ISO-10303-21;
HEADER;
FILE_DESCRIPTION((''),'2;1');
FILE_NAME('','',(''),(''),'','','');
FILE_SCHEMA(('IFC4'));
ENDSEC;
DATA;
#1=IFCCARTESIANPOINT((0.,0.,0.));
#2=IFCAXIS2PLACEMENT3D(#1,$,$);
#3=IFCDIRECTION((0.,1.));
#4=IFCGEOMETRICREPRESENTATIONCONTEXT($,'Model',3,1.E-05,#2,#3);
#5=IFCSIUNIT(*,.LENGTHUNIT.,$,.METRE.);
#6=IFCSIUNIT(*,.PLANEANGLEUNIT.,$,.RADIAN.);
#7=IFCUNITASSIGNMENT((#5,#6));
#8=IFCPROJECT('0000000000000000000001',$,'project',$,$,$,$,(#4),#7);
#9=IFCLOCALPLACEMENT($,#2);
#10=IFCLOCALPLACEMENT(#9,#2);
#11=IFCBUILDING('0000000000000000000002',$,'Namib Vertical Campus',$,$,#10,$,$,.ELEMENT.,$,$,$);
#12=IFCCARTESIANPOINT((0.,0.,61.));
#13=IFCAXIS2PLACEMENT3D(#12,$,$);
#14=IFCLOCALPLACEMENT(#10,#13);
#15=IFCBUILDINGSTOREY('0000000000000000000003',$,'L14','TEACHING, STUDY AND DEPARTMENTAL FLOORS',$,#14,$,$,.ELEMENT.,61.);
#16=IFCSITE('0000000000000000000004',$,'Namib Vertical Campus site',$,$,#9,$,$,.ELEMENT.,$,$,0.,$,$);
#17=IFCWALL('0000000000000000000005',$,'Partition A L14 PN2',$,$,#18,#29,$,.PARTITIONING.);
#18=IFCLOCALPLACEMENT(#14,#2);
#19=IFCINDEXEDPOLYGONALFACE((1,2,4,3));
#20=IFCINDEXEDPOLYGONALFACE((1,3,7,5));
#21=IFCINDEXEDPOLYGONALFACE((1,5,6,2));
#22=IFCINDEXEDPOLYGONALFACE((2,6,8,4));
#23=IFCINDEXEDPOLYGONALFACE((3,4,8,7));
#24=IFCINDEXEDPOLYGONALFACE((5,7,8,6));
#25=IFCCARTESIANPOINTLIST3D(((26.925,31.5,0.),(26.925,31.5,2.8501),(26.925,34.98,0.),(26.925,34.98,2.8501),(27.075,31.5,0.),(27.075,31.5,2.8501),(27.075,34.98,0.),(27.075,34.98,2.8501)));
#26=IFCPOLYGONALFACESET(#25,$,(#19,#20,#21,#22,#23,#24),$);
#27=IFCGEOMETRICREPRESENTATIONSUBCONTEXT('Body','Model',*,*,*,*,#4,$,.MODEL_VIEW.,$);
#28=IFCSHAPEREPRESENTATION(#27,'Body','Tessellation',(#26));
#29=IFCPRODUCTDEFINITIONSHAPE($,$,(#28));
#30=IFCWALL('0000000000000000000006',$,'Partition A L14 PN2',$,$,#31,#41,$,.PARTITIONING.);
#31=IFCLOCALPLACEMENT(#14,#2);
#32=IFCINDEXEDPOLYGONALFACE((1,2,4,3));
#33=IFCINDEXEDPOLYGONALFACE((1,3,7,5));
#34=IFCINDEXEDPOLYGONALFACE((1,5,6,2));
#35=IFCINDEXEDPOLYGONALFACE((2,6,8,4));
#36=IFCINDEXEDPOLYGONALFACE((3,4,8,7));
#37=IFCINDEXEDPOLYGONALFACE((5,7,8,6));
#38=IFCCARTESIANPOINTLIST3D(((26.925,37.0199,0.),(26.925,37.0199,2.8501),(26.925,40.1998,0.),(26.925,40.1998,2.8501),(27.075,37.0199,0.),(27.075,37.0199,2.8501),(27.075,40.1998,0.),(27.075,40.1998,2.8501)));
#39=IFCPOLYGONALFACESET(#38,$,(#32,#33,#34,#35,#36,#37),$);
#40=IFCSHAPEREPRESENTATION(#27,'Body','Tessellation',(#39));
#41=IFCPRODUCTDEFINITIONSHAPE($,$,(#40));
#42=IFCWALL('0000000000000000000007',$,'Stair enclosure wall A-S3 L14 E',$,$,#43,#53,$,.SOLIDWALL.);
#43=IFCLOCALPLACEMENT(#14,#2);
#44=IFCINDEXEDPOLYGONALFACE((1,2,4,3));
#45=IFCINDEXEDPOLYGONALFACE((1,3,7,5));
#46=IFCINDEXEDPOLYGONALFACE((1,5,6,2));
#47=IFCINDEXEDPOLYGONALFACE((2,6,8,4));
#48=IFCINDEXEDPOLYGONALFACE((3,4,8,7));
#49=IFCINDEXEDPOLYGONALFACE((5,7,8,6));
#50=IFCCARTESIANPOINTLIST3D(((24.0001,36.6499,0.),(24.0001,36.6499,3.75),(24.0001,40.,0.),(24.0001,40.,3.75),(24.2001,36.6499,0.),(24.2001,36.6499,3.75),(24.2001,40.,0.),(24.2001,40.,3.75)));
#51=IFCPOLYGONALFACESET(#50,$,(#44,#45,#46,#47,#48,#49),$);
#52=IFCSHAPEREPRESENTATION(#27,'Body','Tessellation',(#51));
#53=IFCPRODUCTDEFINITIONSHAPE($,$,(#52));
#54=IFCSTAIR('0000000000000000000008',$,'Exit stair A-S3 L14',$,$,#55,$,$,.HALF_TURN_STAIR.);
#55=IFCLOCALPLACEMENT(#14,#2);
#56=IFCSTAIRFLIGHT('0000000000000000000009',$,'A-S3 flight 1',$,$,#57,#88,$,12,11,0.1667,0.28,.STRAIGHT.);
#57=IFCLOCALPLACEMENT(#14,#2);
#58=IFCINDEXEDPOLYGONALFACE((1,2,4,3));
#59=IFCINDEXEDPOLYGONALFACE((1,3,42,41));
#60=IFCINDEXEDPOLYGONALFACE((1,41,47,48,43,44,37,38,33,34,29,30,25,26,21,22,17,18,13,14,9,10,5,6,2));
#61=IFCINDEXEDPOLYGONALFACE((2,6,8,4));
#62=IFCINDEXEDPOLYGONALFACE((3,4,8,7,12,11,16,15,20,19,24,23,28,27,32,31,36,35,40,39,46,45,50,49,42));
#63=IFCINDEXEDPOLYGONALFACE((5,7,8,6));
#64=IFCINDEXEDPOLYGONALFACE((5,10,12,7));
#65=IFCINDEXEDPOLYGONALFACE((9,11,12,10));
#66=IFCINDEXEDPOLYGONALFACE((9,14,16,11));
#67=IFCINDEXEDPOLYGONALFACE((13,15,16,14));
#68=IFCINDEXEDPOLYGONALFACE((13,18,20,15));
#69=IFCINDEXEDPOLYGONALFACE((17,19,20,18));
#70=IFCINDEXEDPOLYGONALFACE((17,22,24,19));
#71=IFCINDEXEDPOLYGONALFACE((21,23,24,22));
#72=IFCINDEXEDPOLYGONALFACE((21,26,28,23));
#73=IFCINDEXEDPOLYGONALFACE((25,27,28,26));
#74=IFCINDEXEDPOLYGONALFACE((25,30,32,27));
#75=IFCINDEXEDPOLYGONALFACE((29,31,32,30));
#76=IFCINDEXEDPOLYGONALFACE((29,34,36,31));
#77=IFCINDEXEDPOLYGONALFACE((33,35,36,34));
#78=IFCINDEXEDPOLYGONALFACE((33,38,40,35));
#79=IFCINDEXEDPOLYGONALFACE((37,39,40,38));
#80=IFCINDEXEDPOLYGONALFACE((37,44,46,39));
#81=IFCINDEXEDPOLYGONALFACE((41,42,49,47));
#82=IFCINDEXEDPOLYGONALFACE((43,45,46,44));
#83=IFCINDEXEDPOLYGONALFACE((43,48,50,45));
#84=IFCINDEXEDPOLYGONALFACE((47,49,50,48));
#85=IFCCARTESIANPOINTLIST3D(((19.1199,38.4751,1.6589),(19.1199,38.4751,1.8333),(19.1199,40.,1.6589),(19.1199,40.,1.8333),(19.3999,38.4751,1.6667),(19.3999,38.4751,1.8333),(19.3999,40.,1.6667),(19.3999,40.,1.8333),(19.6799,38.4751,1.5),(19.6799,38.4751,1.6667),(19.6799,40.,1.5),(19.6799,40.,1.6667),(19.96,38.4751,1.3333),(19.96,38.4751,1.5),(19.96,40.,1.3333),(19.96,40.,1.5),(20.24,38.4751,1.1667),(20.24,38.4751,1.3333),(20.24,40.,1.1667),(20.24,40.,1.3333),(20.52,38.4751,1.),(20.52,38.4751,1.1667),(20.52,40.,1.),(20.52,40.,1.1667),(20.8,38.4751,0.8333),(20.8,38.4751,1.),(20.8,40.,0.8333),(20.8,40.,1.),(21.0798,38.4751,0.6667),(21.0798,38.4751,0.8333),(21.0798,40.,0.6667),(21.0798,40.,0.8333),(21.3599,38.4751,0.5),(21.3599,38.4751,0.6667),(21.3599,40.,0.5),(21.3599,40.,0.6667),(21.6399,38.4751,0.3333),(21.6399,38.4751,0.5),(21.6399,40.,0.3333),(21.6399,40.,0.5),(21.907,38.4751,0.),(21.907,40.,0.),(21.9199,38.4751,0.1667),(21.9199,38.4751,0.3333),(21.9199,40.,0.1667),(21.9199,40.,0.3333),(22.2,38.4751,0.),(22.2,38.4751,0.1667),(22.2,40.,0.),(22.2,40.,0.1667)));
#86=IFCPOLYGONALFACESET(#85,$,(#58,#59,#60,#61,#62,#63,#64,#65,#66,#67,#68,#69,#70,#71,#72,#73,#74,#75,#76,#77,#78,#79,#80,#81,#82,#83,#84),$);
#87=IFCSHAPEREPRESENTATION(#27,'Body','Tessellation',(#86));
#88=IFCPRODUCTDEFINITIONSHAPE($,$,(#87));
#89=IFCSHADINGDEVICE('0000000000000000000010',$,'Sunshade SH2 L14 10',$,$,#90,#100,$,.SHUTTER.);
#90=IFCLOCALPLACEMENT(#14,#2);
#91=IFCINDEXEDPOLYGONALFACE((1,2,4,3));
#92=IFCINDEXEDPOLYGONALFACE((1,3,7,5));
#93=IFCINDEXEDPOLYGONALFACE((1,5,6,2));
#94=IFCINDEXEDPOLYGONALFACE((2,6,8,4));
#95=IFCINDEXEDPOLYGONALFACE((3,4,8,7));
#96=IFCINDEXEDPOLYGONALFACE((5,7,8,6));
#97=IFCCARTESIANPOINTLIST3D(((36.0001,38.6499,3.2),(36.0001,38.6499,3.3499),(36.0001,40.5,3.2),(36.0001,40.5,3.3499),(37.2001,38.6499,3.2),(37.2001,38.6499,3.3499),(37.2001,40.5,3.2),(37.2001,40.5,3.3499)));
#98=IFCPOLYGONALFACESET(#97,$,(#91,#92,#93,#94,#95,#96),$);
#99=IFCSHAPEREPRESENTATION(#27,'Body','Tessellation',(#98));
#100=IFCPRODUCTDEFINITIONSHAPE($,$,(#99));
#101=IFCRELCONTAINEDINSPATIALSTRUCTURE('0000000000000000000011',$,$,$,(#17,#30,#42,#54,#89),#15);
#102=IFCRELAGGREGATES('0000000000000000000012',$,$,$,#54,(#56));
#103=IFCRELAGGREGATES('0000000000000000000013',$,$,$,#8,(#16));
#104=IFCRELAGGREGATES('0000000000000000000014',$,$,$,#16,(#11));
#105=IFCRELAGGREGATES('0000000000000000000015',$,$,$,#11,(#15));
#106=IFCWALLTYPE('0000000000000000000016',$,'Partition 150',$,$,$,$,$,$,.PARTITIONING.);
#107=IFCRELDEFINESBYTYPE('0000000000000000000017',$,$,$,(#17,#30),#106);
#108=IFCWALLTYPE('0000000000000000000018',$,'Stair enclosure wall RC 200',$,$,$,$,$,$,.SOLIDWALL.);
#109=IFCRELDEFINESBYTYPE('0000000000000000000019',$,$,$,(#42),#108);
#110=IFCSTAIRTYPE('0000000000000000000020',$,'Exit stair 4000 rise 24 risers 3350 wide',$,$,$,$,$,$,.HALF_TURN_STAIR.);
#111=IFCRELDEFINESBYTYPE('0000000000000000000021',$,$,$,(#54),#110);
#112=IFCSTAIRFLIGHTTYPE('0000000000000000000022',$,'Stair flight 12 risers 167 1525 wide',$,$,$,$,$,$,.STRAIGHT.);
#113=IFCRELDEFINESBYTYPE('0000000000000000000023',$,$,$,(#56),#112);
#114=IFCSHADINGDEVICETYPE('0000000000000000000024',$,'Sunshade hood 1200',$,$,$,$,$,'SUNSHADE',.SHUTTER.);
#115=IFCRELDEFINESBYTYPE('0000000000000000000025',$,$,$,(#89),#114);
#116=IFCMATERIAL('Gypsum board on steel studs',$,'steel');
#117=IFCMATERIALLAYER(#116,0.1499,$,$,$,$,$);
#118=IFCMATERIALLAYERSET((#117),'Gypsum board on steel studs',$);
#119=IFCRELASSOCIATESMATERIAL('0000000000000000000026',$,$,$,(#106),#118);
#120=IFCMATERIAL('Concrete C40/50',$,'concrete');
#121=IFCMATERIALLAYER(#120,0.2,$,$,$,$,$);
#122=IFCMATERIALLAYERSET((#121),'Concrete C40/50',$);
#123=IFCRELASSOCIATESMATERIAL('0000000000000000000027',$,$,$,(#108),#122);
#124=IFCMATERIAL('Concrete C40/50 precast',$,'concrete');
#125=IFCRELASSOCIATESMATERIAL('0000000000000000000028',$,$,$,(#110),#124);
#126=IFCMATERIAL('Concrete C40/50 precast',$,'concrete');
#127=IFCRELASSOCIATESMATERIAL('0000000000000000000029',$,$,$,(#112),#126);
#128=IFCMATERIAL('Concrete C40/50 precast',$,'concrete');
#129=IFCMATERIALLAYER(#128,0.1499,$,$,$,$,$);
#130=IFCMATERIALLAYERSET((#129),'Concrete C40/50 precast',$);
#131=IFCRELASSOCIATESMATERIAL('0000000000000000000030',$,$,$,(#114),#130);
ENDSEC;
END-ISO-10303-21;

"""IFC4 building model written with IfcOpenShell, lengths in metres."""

from ifc_helpers import new_model, si_unit, direction, frame, frame_2d, origin, origin_2d, place, context, subcontext, project, spatial, polyline, rectangle, outline, extrude, material, layer, layer_set, type_object, element, aggregate, save


model = new_model("IFC4")

# Units and contexts
model_context = context("Model", 3, precision=1e-05, world=origin(), true_north=direction((0.0, 1.0)))
body_context = subcontext(model_context, "Body", "Model", "MODEL_VIEW")
ifc_project = project(units=[si_unit("LENGTHUNIT", "METRE"), si_unit("PLANEANGLEUNIT", "RADIAN")], contexts=[model_context])

# Site, building, storey
site_placement = place(None, origin())
site = spatial("IfcSite", under=ifc_project, at=site_placement, Name="Namib Vertical Campus site", CompositionType="ELEMENT", RefElevation=0.0)
building_placement = place(site_placement, origin())
building = spatial("IfcBuilding", under=site, at=building_placement, Name="Namib Vertical Campus", CompositionType="ELEMENT")
storey_placement = place(building_placement, frame((0.0, 0.0, 61.0)))
storey = spatial("IfcBuildingStorey", under=building, at=storey_placement, Name="L14", Description="TEACHING, STUDY AND DEPARTMENTAL FLOORS", CompositionType="ELEMENT", Elevation=61.0)

# Walls
ifc_material_1 = material(Name="Gypsum board on steel studs", Category="steel")
ifc_layer_1 = layer(ifc_material_1, 0.1499)
ifc_layer_set_1 = layer_set([ifc_layer_1], Name="Gypsum board on steel studs")
wall_type_1 = type_object("IfcWallType", Name="Partition 150", PredefinedType="PARTITIONING", material=ifc_layer_set_1)
wall_1_placement = place(storey_placement, frame((27.0, 31.5, 0.0), z_axis=(0.0, 0.0, 1.0), x_axis=(0.0, 1.0, 0.0)))
element("IfcWall", 1, at=wall_1_placement, inside=storey, type_object=wall_type_1, Name="Partition A L14 PN2", PredefinedType="PARTITIONING", context=body_context, shape_type="SweptSolid", body=[
    extrude(rectangle(XDim=3.48, YDim=0.1499, at=frame_2d((1.74, 0.0))), origin(), (0.0, 0.0, 1.0), 2.8501),
])
wall_2_placement = place(storey_placement, frame((27.0, 37.02, 0.0), z_axis=(0.0, 0.0, 1.0), x_axis=(0.0, 1.0, 0.0)))
element("IfcWall", 2, at=wall_2_placement, inside=storey, type_object=wall_type_1, Name="Partition A L14 PN2", PredefinedType="PARTITIONING", context=body_context, shape_type="SweptSolid", body=[
    extrude(rectangle(XDim=3.1799, YDim=0.1499, at=frame_2d((1.5898, 0.0))), origin(), (0.0, 0.0, 1.0), 2.8501),
])
ifc_material_2 = material(Name="Concrete C40/50", Category="concrete")
ifc_layer_2 = layer(ifc_material_2, 0.2)
ifc_layer_set_2 = layer_set([ifc_layer_2], Name="Concrete C40/50")
wall_type_2 = type_object("IfcWallType", Name="Stair enclosure wall RC 200", PredefinedType="SOLIDWALL", material=ifc_layer_set_2)
wall_3_placement = place(storey_placement, frame((24.1001, 36.6499, 0.0), z_axis=(0.0, 0.0, 1.0), x_axis=(0.0, 1.0, 0.0)))
element("IfcWall", 3, at=wall_3_placement, inside=storey, type_object=wall_type_2, Name="Stair enclosure wall A-S3 L14 E", PredefinedType="SOLIDWALL", context=body_context, shape_type="SweptSolid", body=[
    extrude(rectangle(XDim=3.3501, YDim=0.2, at=frame_2d((1.675, 0.0))), origin(), (0.0, 0.0, 1.0), 3.75),
])

# Stair, stair flight
ifc_material_3 = material(Name="Concrete C40/50 precast", Category="concrete")
stair_type = type_object("IfcStairType", Name="Exit stair 4000 rise 24 risers 3350 wide", PredefinedType="HALF_TURN_STAIR", material=ifc_material_3)
stair_placement = place(storey_placement, origin())
stair = element("IfcStair", 4, at=stair_placement, inside=storey, type_object=stair_type, Name="Exit stair A-S3 L14", PredefinedType="HALF_TURN_STAIR")
ifc_material_4 = material(Name="Concrete C40/50 precast", Category="concrete")
stair_flight_type = type_object("IfcStairFlightType", Name="Stair flight 12 risers 167 1525 wide", PredefinedType="STRAIGHT", material=ifc_material_4)
stair_flight_placement = place(storey_placement, frame((22.2, 39.2375, 0.0), z_axis=(0.0, 0.0, 1.0), x_axis=(-1.0, 0.0, 0.0)))
stair_flight = element("IfcStairFlight", 5, at=stair_flight_placement, type_object=stair_flight_type, Name="A-S3 flight 1", NumberOfRisers=12, NumberOfTreads=11, PredefinedType="STRAIGHT", RiserHeight=0.1667, TreadLength=0.28, context=body_context, shape_type="SweptSolid", body=[
    extrude(outline(polyline([(0.0, 0.0), (0.0, 0.1667), (0.28, 0.1667), (0.28, 0.3333), (0.5601, 0.3333), (0.5601, 0.5), (0.8401, 0.5), (0.8401, 0.6667), (1.1201, 0.6667), (1.1201, 0.8333), (1.3999, 0.8333), (1.3999, 1.0), (1.6799, 1.0), (1.6799, 1.1667), (1.96, 1.1667), (1.96, 1.3333), (2.24, 1.3333), (2.24, 1.5), (2.52, 1.5), (2.52, 1.6667), (2.8, 1.6667), (2.8, 1.8333), (3.0801, 1.8333), (3.0801, 2.0), (3.0801, 1.6589), (0.293, 0.0), (0.0, 0.0)])), frame((0.0, 0.7625, 0.0), z_axis=(0.0, -1.0, 0.0), x_axis=(1.0, 0.0, 0.0)), (0.0, 0.0, 1.0), 1.5249),
])
aggregate(stair, [stair_flight])

# Shading device
ifc_material_5 = material(Name="Concrete C40/50 precast", Category="concrete")
ifc_layer_3 = layer(ifc_material_5, 0.1499)
ifc_layer_set_3 = layer_set([ifc_layer_3], Name="Concrete C40/50 precast")
shading_device_type = type_object("IfcShadingDeviceType", Name="Sunshade hood 1200", ElementType="SUNSHADE", PredefinedType="SHUTTER", material=ifc_layer_set_3)
shading_device_placement = place(storey_placement, frame((36.6001, 39.575, 3.2), z_axis=(0.0, 0.0, 1.0), x_axis=(0.0, 1.0, 0.0)))
element("IfcShadingDevice", 6, at=shading_device_placement, inside=storey, type_object=shading_device_type, Name="Sunshade SH2 L14 10", PredefinedType="SHUTTER", context=body_context, shape_type="SweptSolid", body=[
    extrude(rectangle(XDim=1.8501, YDim=1.2, at=origin_2d()), origin(), (0.0, 0.0, 1.0), 0.1499),
])

save(model, "model.ifc")
